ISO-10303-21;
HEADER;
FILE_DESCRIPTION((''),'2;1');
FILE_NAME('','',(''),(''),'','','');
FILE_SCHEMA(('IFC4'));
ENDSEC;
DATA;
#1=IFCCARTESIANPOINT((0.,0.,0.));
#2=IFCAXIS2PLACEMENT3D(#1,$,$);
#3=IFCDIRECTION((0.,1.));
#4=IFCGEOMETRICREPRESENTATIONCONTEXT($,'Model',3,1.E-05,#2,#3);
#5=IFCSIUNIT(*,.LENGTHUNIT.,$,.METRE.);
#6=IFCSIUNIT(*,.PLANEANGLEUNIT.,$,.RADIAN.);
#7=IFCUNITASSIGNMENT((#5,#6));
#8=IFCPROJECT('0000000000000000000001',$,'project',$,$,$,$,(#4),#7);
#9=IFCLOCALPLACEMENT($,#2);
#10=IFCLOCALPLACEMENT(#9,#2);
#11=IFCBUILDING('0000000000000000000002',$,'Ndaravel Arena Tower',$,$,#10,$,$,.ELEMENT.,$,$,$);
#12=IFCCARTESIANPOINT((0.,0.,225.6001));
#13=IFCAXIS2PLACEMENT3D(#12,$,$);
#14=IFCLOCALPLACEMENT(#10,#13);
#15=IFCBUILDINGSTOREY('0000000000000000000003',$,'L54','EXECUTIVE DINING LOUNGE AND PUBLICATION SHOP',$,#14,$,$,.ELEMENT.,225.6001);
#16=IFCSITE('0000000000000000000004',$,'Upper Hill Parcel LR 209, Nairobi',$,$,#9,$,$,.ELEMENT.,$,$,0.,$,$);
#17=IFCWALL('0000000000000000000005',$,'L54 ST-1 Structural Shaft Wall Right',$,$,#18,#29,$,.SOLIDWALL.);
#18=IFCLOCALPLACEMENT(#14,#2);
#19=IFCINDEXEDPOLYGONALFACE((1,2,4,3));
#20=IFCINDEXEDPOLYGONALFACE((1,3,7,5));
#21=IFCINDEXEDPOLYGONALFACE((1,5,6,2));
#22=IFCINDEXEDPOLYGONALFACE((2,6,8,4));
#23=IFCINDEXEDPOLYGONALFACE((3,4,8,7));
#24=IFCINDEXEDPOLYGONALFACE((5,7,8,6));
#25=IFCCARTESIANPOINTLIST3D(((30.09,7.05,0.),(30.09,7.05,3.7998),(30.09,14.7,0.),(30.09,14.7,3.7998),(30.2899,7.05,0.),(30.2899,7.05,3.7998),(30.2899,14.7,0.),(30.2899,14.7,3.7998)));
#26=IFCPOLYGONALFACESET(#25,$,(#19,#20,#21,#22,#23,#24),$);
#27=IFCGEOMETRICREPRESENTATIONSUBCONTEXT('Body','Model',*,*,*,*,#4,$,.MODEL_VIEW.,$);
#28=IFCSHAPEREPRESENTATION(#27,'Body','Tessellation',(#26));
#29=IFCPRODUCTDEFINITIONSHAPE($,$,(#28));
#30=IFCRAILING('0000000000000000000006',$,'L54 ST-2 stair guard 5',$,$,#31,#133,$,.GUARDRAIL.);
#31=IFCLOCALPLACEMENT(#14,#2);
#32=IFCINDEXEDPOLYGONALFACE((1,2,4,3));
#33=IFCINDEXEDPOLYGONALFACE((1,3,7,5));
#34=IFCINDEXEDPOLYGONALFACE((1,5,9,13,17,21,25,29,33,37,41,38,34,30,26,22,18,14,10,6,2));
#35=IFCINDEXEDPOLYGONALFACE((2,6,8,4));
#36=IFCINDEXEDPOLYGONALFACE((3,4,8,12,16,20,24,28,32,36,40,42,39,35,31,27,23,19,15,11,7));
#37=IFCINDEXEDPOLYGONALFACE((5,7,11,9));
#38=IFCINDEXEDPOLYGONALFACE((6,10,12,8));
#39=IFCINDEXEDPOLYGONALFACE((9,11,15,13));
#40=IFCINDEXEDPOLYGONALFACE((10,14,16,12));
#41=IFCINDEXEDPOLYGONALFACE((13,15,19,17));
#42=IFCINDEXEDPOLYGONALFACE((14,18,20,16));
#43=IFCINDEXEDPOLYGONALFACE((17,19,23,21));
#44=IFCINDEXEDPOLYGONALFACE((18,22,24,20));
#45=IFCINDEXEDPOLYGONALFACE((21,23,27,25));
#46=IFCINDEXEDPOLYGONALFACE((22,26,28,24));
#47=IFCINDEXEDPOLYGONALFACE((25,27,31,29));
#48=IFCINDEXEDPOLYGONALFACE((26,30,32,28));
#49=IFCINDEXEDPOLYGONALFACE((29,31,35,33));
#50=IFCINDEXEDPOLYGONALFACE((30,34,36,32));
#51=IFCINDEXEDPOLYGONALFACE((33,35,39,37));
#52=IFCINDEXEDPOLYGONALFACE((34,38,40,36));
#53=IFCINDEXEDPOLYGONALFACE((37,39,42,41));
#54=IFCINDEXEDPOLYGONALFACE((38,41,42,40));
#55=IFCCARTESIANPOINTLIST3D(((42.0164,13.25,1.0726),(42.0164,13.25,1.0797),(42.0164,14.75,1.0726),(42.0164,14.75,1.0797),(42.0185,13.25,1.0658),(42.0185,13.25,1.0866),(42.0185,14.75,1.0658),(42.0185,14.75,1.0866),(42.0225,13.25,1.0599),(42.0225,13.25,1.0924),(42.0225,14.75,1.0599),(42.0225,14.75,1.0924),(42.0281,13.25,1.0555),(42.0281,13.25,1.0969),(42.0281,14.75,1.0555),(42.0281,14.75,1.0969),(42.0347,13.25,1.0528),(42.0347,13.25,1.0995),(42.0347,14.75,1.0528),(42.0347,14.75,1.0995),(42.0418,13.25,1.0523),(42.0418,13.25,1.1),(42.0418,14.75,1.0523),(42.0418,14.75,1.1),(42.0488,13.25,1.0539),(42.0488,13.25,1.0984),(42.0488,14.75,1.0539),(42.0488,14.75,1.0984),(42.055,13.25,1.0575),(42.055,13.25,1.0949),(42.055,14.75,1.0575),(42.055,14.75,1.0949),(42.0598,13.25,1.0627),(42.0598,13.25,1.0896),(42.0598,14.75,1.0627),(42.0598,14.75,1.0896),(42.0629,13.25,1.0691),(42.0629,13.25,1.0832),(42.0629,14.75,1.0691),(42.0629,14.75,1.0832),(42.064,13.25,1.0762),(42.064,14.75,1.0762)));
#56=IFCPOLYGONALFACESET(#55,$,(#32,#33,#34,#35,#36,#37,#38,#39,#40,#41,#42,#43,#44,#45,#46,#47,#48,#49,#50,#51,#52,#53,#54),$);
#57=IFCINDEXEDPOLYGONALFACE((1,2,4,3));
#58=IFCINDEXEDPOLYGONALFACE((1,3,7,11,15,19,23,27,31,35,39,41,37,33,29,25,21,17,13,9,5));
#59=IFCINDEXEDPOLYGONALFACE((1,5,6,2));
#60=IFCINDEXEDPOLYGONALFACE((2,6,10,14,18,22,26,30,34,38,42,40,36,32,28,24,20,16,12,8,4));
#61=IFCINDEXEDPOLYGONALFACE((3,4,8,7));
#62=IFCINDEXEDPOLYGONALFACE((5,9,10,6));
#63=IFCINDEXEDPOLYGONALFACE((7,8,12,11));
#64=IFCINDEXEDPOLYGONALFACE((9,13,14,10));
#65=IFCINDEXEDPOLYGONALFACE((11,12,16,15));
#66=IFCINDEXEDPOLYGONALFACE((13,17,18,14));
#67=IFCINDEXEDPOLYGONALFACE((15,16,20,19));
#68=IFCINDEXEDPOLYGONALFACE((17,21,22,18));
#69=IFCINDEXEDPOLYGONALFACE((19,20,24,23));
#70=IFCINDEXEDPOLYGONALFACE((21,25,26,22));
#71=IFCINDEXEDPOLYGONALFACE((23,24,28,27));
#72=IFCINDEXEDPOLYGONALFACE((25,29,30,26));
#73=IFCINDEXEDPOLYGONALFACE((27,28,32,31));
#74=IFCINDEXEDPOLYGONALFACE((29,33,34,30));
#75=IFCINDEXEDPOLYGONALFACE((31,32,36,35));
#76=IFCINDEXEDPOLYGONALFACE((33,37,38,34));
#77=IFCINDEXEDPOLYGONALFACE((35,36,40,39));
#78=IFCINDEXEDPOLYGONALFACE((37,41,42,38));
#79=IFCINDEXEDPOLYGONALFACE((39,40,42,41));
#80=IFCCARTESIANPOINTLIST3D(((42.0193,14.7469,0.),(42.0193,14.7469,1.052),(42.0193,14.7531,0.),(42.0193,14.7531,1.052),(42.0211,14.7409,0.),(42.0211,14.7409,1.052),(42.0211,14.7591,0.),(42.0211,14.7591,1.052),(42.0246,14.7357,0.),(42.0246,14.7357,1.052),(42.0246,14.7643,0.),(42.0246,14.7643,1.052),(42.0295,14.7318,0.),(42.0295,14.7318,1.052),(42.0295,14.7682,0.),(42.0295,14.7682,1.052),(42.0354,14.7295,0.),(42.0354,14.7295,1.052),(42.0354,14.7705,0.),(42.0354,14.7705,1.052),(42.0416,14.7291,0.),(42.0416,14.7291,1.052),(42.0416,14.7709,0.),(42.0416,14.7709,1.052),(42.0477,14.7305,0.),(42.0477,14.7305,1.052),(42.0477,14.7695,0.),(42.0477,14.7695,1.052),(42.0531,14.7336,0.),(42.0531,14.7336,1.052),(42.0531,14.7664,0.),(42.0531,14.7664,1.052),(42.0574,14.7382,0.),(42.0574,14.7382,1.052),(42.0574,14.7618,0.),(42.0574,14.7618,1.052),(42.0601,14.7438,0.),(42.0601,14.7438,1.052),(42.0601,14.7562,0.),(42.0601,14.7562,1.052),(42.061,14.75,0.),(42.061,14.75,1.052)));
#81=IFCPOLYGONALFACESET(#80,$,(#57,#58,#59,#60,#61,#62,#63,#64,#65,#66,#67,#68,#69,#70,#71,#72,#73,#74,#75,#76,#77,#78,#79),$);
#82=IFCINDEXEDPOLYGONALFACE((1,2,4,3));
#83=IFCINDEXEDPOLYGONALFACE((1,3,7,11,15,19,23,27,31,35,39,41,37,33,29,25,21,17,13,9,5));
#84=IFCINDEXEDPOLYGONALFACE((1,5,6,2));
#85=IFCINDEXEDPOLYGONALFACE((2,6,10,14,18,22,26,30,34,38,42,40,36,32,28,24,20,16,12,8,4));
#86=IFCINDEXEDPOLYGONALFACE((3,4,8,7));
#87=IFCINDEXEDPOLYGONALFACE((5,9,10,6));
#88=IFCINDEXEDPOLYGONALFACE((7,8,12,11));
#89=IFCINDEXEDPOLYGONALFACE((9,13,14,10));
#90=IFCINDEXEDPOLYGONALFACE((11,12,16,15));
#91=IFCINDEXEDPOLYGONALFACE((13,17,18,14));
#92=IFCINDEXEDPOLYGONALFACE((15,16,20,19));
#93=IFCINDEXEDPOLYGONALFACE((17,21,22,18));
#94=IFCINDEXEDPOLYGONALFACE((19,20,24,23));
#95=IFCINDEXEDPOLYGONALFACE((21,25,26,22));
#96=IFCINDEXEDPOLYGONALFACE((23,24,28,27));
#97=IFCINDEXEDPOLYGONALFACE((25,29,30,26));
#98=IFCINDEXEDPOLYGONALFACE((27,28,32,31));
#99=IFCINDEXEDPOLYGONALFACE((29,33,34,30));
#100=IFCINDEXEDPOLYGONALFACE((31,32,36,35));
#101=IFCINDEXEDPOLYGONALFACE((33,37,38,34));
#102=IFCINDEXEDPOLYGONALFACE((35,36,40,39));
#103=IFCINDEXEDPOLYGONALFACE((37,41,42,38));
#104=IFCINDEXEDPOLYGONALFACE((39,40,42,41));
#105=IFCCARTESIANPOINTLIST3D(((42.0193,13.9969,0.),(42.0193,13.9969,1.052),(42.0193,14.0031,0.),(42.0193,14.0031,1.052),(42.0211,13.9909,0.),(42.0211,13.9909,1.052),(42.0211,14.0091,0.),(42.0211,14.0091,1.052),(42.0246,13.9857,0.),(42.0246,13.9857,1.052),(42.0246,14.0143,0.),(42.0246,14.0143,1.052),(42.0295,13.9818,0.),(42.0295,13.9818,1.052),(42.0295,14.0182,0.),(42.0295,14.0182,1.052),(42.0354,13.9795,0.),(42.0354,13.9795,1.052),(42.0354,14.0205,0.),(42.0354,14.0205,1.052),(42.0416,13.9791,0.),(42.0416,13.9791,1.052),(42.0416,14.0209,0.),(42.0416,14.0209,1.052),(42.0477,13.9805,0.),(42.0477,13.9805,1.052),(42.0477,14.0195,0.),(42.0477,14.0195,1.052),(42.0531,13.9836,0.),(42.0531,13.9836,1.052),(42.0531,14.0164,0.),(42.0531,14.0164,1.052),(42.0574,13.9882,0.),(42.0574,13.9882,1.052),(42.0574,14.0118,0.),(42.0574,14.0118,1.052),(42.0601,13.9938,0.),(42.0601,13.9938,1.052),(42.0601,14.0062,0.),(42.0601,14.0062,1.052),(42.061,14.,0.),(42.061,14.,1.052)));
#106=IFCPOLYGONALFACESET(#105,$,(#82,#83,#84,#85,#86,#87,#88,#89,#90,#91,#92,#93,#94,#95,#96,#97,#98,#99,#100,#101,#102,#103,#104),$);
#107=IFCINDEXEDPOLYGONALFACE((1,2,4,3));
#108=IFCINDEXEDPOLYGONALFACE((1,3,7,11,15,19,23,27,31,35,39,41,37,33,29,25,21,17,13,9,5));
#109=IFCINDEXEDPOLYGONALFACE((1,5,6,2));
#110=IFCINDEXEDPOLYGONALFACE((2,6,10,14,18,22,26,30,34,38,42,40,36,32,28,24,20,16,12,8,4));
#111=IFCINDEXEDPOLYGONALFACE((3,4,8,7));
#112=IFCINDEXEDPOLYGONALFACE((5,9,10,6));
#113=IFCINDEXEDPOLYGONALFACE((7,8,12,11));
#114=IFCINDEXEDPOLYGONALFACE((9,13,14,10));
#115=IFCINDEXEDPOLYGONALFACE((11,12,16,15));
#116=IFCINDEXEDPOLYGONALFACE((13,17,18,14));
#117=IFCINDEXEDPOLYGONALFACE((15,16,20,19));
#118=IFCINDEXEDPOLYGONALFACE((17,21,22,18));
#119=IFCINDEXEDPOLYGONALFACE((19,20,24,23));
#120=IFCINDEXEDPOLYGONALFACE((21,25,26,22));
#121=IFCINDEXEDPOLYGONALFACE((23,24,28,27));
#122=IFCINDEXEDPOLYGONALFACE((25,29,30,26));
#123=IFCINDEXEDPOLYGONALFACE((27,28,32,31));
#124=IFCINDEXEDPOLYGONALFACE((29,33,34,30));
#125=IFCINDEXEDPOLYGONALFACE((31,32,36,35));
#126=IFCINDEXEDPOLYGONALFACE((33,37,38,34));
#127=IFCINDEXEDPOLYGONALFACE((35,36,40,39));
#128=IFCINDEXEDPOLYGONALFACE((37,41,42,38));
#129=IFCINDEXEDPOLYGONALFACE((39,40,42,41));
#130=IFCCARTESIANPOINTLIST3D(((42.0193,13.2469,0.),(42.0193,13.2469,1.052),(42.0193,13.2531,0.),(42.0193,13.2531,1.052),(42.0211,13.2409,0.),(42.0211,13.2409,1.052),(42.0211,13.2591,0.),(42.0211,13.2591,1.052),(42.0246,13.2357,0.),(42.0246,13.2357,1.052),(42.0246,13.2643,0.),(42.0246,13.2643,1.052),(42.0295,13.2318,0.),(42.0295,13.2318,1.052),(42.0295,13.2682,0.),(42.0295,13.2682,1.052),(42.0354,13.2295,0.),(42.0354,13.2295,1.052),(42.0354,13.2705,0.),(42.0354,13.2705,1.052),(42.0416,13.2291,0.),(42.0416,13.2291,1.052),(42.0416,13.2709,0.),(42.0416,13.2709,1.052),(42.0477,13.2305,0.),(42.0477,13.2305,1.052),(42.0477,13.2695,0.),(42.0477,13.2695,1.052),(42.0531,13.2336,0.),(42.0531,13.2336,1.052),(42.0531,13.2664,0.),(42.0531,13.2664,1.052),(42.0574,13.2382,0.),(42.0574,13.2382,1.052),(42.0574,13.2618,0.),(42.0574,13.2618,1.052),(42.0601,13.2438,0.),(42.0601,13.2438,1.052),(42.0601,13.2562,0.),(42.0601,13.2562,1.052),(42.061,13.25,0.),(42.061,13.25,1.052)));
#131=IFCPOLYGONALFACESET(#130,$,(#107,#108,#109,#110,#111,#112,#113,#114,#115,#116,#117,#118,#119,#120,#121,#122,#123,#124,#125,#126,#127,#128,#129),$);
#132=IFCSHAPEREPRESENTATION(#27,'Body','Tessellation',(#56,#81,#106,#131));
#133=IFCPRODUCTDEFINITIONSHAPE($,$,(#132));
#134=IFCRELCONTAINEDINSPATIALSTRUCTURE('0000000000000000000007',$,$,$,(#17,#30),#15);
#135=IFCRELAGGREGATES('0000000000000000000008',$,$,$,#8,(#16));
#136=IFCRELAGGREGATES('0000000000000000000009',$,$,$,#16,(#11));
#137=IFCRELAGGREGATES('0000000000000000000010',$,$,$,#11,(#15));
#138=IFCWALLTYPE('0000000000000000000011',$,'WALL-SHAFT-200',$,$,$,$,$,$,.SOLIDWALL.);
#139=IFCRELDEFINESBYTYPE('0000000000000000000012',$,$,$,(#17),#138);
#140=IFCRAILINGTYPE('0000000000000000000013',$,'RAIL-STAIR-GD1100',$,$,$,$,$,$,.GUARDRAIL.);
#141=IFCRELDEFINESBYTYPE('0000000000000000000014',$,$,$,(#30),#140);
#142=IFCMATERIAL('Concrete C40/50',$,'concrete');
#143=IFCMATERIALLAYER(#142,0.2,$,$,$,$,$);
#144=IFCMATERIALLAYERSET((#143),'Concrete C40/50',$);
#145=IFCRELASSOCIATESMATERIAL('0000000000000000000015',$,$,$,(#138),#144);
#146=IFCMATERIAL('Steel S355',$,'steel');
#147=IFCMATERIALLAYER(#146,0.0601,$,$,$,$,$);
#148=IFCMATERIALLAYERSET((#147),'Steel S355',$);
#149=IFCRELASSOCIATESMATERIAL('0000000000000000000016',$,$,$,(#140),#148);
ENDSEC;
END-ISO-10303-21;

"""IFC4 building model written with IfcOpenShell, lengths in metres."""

from ifc_helpers import new_model, si_unit, direction, frame, frame_2d, origin, origin_2d, place, context, subcontext, project, spatial, rectangle, circle, extrude, material, layer, layer_set, type_object, element, save


model = new_model("IFC4")

# Units and contexts
model_context = context("Model", 3, precision=1e-05, world=origin(), true_north=direction((0.0, 1.0)))
body_context = subcontext(model_context, "Body", "Model", "MODEL_VIEW")
ifc_project = project(units=[si_unit("LENGTHUNIT", "METRE"), si_unit("PLANEANGLEUNIT", "RADIAN")], contexts=[model_context])

# Site, building, storey
site_placement = place(None, origin())
site = spatial("IfcSite", under=ifc_project, at=site_placement, Name="Upper Hill Parcel LR 209, Nairobi", CompositionType="ELEMENT", RefElevation=0.0)
building_placement = place(site_placement, origin())
building = spatial("IfcBuilding", under=site, at=building_placement, Name="Ndaravel Arena Tower", CompositionType="ELEMENT")
storey_placement = place(building_placement, frame((0.0, 0.0, 225.6001)))
storey = spatial("IfcBuildingStorey", under=building, at=storey_placement, Name="L54", Description="EXECUTIVE DINING LOUNGE AND PUBLICATION SHOP", CompositionType="ELEMENT", Elevation=225.6001)

# Wall
ifc_material_1 = material(Name="Concrete C40/50", Category="concrete")
ifc_layer_1 = layer(ifc_material_1, 0.2)
ifc_layer_set_1 = layer_set([ifc_layer_1], Name="Concrete C40/50")
wall_type_1 = type_object("IfcWallType", Name="WALL-SHAFT-200", PredefinedType="SOLIDWALL", material=ifc_layer_set_1)
wall_1_placement = place(storey_placement, frame((30.1899, 14.7, 0.0), z_axis=(0.0, 0.0, 1.0), x_axis=(0.0, -1.0, 0.0)))
element("IfcWall", 1, at=wall_1_placement, inside=storey, type_object=wall_type_1, Name="L54 ST-1 Structural Shaft Wall Right", PredefinedType="SOLIDWALL", context=body_context, shape_type="SweptSolid", body=[
    extrude(rectangle(XDim=7.6499, YDim=0.2, at=frame_2d((3.825, 0.0))), origin(), (0.0, 0.0, 1.0), 3.7998),
])

# Railing
ifc_material_2 = material(Name="Steel S355", Category="steel")
ifc_layer_2 = layer(ifc_material_2, 0.0601)
ifc_layer_set_2 = layer_set([ifc_layer_2], Name="Steel S355")
railing_type = type_object("IfcRailingType", Name="RAIL-STAIR-GD1100", PredefinedType="GUARDRAIL", material=ifc_layer_set_2)
railing_1_placement = place(storey_placement, frame((42.04, 14.75, 0.0)))
element("IfcRailing", 2, at=railing_1_placement, inside=storey, type_object=railing_type, Name="L54 ST-2 stair guard 5", PredefinedType="GUARDRAIL", context=body_context, shape_type="SweptSolid", body=[
    extrude(circle(Radius=0.0239, at=origin_2d()), frame((0.0, 0.0, 1.0762), z_axis=(0.0, -1.0, 0.0), x_axis=(1.0, 0.0, 0.0)), (0.0, 0.0, 1.0), 1.5),
    extrude(circle(Radius=0.021, at=origin_2d()), origin(), (0.0, 0.0, 1.0), 1.052),
    extrude(circle(Radius=0.021, at=origin_2d()), frame((0.0, -0.75, 0.0)), (0.0, 0.0, 1.0), 1.052),
    extrude(circle(Radius=0.021, at=origin_2d()), frame((0.0, -1.5, 0.0)), (0.0, 0.0, 1.0), 1.052),
])

save(model, "model.ifc")
